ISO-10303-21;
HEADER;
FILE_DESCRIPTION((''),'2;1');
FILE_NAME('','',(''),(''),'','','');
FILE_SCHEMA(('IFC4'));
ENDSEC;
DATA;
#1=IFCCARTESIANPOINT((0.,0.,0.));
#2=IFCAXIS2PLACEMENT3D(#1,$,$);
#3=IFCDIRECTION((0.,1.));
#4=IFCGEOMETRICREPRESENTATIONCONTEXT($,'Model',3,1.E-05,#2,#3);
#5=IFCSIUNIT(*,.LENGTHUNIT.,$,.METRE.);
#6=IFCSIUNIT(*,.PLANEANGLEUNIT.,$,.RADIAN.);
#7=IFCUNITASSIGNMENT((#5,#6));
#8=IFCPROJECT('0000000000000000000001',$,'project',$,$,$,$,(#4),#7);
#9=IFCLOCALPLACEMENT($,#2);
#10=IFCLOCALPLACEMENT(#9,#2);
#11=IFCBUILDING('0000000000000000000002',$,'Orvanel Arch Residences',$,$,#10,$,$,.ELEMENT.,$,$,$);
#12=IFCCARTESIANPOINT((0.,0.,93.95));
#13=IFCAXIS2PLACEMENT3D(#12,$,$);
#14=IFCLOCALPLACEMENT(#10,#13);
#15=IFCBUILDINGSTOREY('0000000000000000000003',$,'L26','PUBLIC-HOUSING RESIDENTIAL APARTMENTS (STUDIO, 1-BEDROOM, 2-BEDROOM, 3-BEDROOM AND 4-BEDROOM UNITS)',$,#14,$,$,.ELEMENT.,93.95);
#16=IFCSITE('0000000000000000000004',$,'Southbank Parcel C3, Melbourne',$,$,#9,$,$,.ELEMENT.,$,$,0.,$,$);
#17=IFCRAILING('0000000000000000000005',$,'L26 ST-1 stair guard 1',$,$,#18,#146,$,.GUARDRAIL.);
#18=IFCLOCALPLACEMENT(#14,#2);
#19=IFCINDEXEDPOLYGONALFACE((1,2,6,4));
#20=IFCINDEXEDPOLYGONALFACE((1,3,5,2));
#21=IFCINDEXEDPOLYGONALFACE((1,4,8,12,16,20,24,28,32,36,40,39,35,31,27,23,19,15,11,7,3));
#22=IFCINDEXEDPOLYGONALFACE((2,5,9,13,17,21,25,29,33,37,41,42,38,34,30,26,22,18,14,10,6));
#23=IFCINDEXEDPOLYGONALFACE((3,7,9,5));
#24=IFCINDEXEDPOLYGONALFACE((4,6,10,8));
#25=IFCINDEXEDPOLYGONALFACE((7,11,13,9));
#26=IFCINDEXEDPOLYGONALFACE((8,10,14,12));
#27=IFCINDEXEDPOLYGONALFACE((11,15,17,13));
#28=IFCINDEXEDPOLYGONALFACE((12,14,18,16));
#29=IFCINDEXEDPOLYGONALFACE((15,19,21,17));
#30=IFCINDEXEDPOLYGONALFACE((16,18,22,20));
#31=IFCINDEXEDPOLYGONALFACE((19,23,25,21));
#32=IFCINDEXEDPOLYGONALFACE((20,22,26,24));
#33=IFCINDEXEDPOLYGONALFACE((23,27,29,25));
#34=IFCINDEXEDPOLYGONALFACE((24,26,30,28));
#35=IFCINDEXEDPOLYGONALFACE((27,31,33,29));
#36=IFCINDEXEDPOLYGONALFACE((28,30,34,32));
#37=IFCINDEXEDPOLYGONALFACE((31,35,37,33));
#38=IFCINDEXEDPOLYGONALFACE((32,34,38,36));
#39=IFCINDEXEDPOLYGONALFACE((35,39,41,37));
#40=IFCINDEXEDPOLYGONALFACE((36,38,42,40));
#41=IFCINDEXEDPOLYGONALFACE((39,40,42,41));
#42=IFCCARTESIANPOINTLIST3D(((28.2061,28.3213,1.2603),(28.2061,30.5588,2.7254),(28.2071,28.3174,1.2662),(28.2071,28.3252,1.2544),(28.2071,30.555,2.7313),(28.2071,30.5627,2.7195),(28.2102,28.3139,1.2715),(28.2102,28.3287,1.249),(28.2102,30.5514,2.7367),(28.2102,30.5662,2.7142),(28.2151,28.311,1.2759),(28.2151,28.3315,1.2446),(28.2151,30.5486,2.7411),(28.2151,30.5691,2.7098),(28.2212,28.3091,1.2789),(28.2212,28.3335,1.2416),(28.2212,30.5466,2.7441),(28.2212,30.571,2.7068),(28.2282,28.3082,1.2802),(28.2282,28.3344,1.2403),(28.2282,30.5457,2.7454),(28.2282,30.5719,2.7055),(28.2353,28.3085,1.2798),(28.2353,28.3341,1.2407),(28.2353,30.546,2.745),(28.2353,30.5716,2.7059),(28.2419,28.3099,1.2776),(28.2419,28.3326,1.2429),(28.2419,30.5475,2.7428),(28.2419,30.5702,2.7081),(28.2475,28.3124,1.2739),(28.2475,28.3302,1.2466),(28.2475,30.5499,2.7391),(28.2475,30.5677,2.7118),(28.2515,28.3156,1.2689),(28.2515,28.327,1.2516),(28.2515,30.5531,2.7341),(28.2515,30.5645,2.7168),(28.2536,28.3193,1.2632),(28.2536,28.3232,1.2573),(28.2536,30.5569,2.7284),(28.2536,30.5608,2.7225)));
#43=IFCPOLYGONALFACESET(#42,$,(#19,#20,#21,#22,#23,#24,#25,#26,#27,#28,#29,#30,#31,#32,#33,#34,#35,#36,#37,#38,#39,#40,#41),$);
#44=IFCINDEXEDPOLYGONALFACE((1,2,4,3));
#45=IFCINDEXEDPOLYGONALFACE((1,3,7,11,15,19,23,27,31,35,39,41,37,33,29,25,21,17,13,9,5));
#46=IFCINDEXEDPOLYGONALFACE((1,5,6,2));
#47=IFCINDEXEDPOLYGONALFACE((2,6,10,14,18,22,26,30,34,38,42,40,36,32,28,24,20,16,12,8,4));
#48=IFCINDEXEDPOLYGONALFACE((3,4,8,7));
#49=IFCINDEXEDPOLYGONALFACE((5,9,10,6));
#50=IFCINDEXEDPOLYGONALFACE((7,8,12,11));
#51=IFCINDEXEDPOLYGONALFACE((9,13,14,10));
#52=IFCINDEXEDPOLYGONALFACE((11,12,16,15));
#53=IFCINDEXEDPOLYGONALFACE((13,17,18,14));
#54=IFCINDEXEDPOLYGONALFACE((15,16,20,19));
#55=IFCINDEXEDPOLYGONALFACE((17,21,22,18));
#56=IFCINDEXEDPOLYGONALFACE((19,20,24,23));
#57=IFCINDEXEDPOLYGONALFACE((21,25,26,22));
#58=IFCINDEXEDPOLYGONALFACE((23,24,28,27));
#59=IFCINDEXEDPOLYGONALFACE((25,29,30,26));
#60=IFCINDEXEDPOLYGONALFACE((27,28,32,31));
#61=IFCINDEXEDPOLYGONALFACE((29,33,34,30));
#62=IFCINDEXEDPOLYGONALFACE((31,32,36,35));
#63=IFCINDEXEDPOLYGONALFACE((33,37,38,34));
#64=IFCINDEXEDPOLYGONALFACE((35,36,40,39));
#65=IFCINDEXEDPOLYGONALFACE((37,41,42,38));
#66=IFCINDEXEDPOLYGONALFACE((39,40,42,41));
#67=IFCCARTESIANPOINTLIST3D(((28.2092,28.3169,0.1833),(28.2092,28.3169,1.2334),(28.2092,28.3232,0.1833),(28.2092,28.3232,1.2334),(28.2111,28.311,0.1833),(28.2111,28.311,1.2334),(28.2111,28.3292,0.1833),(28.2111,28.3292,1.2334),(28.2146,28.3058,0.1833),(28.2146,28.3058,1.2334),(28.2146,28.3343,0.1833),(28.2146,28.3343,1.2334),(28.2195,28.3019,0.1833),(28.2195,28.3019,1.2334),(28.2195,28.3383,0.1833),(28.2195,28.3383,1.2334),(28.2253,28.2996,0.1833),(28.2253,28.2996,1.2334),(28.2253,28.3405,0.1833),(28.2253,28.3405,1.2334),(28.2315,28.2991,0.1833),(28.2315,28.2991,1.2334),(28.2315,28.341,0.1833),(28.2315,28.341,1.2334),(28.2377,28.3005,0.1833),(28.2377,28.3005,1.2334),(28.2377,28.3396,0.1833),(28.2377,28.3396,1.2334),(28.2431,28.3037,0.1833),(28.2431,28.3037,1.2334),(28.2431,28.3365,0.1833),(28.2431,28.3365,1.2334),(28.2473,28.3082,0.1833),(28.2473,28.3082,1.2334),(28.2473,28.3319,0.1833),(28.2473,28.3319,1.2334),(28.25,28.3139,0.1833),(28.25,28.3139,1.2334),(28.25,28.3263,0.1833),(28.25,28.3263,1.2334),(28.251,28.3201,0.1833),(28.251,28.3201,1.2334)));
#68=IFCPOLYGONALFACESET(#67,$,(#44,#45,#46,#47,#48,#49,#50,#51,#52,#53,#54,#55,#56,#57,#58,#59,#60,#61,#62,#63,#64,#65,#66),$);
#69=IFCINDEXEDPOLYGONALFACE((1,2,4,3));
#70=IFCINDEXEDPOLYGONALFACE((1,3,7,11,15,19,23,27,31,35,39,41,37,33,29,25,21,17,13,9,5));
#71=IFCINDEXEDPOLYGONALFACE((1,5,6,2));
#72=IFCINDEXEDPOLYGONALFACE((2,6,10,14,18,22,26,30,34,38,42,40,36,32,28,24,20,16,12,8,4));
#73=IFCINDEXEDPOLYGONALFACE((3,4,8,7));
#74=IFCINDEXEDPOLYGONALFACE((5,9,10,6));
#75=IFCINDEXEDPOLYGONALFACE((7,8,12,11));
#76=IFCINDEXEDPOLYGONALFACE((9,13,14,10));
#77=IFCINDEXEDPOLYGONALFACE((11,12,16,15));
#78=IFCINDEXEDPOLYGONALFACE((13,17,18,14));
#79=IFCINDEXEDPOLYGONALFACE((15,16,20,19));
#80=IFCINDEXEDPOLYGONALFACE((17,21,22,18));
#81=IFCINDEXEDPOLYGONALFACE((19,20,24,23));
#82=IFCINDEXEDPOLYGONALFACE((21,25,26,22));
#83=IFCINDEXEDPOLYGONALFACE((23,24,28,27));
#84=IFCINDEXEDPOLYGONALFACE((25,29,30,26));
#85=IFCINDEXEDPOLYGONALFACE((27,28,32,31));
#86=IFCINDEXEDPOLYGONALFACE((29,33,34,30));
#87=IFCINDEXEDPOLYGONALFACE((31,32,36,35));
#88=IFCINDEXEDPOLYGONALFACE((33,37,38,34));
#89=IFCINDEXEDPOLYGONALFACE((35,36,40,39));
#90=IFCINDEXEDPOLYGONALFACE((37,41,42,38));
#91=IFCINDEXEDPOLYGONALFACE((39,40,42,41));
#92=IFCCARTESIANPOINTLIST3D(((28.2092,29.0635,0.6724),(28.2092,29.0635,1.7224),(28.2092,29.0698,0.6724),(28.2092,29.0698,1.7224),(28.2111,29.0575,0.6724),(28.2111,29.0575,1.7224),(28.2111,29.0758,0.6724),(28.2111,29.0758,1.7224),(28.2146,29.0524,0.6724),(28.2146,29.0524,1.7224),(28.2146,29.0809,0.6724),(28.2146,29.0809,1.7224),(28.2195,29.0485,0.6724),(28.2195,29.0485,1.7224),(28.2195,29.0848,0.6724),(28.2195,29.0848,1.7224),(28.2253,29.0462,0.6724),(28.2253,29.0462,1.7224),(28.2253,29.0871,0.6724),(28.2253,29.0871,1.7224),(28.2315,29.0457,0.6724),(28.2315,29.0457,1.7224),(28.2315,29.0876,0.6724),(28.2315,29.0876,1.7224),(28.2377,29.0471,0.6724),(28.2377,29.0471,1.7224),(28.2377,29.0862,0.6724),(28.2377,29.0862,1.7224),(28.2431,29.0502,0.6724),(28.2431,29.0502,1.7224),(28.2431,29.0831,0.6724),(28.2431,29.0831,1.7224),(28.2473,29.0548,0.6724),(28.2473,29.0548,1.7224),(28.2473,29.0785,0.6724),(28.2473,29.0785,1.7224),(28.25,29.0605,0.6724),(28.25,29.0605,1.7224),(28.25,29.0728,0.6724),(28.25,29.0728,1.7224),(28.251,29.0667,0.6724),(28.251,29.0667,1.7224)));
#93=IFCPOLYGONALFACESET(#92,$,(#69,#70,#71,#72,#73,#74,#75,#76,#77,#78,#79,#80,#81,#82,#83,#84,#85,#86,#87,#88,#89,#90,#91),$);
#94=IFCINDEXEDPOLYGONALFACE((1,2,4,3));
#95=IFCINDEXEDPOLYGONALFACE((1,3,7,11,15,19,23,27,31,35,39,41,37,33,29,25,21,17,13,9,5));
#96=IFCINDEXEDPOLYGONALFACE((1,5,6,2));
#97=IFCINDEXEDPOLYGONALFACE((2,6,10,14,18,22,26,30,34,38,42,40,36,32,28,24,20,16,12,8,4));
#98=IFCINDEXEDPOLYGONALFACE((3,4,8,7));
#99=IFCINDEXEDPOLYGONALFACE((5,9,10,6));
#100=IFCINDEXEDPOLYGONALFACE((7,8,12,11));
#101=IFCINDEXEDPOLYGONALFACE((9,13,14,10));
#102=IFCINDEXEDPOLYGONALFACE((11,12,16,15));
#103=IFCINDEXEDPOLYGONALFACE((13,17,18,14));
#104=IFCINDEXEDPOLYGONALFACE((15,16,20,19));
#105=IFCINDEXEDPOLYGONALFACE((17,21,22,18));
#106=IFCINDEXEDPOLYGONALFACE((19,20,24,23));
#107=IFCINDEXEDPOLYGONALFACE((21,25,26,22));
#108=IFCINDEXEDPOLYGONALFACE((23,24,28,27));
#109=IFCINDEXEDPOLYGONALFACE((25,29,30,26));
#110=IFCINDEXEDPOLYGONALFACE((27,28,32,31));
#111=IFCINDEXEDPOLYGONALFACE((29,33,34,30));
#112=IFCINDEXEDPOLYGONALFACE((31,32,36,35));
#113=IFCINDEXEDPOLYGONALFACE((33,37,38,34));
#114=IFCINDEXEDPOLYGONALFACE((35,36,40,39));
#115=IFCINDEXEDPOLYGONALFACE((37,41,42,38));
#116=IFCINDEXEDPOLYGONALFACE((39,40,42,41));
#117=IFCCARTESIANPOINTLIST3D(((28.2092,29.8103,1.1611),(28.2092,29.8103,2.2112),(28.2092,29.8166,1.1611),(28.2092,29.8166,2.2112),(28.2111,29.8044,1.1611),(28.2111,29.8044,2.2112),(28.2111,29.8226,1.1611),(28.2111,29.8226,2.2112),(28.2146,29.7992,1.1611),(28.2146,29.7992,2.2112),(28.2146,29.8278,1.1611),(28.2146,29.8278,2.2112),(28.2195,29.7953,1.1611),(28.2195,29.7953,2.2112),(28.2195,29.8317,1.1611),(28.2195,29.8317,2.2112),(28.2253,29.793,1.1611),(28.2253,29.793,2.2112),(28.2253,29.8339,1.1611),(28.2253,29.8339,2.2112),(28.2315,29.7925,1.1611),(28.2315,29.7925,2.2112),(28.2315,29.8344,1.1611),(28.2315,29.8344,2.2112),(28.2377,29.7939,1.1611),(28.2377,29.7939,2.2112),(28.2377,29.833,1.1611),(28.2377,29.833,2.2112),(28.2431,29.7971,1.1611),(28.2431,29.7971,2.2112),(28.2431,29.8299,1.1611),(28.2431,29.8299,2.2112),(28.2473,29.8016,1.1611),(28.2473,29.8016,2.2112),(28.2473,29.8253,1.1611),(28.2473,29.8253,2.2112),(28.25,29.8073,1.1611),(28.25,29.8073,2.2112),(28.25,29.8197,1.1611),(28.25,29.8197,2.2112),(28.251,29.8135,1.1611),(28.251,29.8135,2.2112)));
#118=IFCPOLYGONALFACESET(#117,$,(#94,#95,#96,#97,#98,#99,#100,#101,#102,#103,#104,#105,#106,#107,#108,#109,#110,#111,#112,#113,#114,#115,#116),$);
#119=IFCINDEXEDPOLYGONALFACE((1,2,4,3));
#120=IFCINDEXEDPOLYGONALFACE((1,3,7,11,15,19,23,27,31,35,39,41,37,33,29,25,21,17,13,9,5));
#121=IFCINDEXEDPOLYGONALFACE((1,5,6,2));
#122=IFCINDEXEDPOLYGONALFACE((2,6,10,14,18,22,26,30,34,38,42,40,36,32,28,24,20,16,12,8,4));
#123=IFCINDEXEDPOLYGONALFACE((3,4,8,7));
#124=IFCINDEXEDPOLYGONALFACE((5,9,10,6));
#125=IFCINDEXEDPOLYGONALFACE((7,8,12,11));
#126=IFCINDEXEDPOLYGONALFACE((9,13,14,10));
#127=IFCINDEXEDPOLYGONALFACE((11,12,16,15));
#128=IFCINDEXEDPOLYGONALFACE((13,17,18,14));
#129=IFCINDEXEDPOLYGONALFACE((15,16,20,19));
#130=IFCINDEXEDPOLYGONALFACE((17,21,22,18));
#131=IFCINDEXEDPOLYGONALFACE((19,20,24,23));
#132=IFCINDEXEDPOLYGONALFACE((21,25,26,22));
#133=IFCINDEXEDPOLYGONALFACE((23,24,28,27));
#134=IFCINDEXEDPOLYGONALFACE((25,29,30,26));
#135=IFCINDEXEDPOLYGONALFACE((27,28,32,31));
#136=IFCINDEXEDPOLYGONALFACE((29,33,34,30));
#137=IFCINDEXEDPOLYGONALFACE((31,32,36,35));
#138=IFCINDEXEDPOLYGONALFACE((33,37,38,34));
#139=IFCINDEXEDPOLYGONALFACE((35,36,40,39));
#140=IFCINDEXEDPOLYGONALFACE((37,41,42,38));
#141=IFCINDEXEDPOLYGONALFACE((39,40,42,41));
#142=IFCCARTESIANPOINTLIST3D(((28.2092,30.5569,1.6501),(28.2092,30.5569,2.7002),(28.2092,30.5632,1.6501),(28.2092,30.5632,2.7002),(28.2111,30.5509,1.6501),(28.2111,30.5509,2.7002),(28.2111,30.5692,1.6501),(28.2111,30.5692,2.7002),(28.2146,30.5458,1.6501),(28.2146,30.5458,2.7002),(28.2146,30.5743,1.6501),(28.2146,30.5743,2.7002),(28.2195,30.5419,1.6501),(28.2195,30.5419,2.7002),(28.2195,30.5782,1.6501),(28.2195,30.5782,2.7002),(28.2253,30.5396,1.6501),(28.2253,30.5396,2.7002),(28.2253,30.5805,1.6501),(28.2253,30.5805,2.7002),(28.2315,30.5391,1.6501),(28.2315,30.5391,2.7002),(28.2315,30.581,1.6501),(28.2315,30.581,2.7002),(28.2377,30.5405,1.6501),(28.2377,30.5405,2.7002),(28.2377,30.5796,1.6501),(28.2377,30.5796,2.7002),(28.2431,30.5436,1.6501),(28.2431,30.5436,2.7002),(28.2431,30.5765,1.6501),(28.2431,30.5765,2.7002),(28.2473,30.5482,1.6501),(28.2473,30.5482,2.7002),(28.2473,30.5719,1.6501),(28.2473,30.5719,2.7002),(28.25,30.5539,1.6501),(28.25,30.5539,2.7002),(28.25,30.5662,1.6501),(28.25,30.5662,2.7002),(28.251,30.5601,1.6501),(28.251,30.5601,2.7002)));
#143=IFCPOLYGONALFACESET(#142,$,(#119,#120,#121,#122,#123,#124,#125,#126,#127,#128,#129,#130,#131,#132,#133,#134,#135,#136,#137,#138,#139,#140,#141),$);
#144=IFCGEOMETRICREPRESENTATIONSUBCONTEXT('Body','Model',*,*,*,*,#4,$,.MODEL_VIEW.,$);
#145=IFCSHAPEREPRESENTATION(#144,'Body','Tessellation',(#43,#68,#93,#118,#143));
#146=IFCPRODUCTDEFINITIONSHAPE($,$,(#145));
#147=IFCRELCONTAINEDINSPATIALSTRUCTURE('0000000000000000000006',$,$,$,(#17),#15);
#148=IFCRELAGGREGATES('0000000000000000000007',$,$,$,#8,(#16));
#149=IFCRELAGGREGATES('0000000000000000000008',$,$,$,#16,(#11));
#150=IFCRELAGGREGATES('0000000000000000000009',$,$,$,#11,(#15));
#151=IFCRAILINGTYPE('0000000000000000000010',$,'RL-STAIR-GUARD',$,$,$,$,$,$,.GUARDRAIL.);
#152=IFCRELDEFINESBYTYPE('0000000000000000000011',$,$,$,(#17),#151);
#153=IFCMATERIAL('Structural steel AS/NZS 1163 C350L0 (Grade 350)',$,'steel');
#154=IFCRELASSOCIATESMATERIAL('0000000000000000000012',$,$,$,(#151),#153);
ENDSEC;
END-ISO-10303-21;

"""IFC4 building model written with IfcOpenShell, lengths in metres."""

from ifc_helpers import new_model, si_unit, direction, frame, origin, origin_2d, place, context, subcontext, project, spatial, circle, extrude, material, type_object, element, save


model = new_model("IFC4")

# Units and contexts
model_context = context("Model", 3, precision=1e-05, world=origin(), true_north=direction((0.0, 1.0)))
body_context = subcontext(model_context, "Body", "Model", "MODEL_VIEW")
ifc_project = project(units=[si_unit("LENGTHUNIT", "METRE"), si_unit("PLANEANGLEUNIT", "RADIAN")], contexts=[model_context])

# Site, building, storey
site_placement = place(None, origin())
site = spatial("IfcSite", under=ifc_project, at=site_placement, Name="Southbank Parcel C3, Melbourne", CompositionType="ELEMENT", RefElevation=0.0)
building_placement = place(site_placement, origin())
building = spatial("IfcBuilding", under=site, at=building_placement, Name="Orvanel Arch Residences", CompositionType="ELEMENT")
storey_placement = place(building_placement, frame((0.0, 0.0, 93.95)))
storey = spatial("IfcBuildingStorey", under=building, at=storey_placement, Name="L26", Description="PUBLIC-HOUSING RESIDENTIAL APARTMENTS (STUDIO, 1-BEDROOM, 2-BEDROOM, 3-BEDROOM AND 4-BEDROOM UNITS)", CompositionType="ELEMENT", Elevation=93.95)

# Railing
ifc_material_1 = material(Name="Structural steel AS/NZS 1163 C350L0 (Grade 350)", Category="steel")
railing_type_1 = type_object("IfcRailingType", Name="RL-STAIR-GUARD", PredefinedType="GUARDRAIL", material=ifc_material_1)
railing_1_placement = place(storey_placement, frame((28.23, 28.3201, 0.1833)))
element("IfcRailing", 1, at=railing_1_placement, inside=storey, type_object=railing_type_1, Name="L26 ST-1 stair guard 1", PredefinedType="GUARDRAIL", context=body_context, shape_type="SweptSolid", body=[
    extrude(circle(Radius=0.0239, at=origin_2d()), frame((0.0, 0.0012, 1.0769), z_axis=(0.0, 0.836595, 0.547822), x_axis=(-1.0, 0.0, 0.0)), (0.0, 0.0, 1.0), 2.6746),
    extrude(circle(Radius=0.021, at=origin_2d()), origin(), (0.0, 0.0, 1.0), 1.05),
    extrude(circle(Radius=0.021, at=origin_2d()), frame((0.0, 0.7466, 0.489)), (0.0, 0.0, 1.0), 1.05),
    extrude(circle(Radius=0.021, at=origin_2d()), frame((0.0, 1.4934, 0.9778)), (0.0, 0.0, 1.0), 1.05),
    extrude(circle(Radius=0.021, at=origin_2d()), frame((0.0, 2.24, 1.4668)), (0.0, 0.0, 1.0), 1.05),
])

save(model, "model.ifc")
